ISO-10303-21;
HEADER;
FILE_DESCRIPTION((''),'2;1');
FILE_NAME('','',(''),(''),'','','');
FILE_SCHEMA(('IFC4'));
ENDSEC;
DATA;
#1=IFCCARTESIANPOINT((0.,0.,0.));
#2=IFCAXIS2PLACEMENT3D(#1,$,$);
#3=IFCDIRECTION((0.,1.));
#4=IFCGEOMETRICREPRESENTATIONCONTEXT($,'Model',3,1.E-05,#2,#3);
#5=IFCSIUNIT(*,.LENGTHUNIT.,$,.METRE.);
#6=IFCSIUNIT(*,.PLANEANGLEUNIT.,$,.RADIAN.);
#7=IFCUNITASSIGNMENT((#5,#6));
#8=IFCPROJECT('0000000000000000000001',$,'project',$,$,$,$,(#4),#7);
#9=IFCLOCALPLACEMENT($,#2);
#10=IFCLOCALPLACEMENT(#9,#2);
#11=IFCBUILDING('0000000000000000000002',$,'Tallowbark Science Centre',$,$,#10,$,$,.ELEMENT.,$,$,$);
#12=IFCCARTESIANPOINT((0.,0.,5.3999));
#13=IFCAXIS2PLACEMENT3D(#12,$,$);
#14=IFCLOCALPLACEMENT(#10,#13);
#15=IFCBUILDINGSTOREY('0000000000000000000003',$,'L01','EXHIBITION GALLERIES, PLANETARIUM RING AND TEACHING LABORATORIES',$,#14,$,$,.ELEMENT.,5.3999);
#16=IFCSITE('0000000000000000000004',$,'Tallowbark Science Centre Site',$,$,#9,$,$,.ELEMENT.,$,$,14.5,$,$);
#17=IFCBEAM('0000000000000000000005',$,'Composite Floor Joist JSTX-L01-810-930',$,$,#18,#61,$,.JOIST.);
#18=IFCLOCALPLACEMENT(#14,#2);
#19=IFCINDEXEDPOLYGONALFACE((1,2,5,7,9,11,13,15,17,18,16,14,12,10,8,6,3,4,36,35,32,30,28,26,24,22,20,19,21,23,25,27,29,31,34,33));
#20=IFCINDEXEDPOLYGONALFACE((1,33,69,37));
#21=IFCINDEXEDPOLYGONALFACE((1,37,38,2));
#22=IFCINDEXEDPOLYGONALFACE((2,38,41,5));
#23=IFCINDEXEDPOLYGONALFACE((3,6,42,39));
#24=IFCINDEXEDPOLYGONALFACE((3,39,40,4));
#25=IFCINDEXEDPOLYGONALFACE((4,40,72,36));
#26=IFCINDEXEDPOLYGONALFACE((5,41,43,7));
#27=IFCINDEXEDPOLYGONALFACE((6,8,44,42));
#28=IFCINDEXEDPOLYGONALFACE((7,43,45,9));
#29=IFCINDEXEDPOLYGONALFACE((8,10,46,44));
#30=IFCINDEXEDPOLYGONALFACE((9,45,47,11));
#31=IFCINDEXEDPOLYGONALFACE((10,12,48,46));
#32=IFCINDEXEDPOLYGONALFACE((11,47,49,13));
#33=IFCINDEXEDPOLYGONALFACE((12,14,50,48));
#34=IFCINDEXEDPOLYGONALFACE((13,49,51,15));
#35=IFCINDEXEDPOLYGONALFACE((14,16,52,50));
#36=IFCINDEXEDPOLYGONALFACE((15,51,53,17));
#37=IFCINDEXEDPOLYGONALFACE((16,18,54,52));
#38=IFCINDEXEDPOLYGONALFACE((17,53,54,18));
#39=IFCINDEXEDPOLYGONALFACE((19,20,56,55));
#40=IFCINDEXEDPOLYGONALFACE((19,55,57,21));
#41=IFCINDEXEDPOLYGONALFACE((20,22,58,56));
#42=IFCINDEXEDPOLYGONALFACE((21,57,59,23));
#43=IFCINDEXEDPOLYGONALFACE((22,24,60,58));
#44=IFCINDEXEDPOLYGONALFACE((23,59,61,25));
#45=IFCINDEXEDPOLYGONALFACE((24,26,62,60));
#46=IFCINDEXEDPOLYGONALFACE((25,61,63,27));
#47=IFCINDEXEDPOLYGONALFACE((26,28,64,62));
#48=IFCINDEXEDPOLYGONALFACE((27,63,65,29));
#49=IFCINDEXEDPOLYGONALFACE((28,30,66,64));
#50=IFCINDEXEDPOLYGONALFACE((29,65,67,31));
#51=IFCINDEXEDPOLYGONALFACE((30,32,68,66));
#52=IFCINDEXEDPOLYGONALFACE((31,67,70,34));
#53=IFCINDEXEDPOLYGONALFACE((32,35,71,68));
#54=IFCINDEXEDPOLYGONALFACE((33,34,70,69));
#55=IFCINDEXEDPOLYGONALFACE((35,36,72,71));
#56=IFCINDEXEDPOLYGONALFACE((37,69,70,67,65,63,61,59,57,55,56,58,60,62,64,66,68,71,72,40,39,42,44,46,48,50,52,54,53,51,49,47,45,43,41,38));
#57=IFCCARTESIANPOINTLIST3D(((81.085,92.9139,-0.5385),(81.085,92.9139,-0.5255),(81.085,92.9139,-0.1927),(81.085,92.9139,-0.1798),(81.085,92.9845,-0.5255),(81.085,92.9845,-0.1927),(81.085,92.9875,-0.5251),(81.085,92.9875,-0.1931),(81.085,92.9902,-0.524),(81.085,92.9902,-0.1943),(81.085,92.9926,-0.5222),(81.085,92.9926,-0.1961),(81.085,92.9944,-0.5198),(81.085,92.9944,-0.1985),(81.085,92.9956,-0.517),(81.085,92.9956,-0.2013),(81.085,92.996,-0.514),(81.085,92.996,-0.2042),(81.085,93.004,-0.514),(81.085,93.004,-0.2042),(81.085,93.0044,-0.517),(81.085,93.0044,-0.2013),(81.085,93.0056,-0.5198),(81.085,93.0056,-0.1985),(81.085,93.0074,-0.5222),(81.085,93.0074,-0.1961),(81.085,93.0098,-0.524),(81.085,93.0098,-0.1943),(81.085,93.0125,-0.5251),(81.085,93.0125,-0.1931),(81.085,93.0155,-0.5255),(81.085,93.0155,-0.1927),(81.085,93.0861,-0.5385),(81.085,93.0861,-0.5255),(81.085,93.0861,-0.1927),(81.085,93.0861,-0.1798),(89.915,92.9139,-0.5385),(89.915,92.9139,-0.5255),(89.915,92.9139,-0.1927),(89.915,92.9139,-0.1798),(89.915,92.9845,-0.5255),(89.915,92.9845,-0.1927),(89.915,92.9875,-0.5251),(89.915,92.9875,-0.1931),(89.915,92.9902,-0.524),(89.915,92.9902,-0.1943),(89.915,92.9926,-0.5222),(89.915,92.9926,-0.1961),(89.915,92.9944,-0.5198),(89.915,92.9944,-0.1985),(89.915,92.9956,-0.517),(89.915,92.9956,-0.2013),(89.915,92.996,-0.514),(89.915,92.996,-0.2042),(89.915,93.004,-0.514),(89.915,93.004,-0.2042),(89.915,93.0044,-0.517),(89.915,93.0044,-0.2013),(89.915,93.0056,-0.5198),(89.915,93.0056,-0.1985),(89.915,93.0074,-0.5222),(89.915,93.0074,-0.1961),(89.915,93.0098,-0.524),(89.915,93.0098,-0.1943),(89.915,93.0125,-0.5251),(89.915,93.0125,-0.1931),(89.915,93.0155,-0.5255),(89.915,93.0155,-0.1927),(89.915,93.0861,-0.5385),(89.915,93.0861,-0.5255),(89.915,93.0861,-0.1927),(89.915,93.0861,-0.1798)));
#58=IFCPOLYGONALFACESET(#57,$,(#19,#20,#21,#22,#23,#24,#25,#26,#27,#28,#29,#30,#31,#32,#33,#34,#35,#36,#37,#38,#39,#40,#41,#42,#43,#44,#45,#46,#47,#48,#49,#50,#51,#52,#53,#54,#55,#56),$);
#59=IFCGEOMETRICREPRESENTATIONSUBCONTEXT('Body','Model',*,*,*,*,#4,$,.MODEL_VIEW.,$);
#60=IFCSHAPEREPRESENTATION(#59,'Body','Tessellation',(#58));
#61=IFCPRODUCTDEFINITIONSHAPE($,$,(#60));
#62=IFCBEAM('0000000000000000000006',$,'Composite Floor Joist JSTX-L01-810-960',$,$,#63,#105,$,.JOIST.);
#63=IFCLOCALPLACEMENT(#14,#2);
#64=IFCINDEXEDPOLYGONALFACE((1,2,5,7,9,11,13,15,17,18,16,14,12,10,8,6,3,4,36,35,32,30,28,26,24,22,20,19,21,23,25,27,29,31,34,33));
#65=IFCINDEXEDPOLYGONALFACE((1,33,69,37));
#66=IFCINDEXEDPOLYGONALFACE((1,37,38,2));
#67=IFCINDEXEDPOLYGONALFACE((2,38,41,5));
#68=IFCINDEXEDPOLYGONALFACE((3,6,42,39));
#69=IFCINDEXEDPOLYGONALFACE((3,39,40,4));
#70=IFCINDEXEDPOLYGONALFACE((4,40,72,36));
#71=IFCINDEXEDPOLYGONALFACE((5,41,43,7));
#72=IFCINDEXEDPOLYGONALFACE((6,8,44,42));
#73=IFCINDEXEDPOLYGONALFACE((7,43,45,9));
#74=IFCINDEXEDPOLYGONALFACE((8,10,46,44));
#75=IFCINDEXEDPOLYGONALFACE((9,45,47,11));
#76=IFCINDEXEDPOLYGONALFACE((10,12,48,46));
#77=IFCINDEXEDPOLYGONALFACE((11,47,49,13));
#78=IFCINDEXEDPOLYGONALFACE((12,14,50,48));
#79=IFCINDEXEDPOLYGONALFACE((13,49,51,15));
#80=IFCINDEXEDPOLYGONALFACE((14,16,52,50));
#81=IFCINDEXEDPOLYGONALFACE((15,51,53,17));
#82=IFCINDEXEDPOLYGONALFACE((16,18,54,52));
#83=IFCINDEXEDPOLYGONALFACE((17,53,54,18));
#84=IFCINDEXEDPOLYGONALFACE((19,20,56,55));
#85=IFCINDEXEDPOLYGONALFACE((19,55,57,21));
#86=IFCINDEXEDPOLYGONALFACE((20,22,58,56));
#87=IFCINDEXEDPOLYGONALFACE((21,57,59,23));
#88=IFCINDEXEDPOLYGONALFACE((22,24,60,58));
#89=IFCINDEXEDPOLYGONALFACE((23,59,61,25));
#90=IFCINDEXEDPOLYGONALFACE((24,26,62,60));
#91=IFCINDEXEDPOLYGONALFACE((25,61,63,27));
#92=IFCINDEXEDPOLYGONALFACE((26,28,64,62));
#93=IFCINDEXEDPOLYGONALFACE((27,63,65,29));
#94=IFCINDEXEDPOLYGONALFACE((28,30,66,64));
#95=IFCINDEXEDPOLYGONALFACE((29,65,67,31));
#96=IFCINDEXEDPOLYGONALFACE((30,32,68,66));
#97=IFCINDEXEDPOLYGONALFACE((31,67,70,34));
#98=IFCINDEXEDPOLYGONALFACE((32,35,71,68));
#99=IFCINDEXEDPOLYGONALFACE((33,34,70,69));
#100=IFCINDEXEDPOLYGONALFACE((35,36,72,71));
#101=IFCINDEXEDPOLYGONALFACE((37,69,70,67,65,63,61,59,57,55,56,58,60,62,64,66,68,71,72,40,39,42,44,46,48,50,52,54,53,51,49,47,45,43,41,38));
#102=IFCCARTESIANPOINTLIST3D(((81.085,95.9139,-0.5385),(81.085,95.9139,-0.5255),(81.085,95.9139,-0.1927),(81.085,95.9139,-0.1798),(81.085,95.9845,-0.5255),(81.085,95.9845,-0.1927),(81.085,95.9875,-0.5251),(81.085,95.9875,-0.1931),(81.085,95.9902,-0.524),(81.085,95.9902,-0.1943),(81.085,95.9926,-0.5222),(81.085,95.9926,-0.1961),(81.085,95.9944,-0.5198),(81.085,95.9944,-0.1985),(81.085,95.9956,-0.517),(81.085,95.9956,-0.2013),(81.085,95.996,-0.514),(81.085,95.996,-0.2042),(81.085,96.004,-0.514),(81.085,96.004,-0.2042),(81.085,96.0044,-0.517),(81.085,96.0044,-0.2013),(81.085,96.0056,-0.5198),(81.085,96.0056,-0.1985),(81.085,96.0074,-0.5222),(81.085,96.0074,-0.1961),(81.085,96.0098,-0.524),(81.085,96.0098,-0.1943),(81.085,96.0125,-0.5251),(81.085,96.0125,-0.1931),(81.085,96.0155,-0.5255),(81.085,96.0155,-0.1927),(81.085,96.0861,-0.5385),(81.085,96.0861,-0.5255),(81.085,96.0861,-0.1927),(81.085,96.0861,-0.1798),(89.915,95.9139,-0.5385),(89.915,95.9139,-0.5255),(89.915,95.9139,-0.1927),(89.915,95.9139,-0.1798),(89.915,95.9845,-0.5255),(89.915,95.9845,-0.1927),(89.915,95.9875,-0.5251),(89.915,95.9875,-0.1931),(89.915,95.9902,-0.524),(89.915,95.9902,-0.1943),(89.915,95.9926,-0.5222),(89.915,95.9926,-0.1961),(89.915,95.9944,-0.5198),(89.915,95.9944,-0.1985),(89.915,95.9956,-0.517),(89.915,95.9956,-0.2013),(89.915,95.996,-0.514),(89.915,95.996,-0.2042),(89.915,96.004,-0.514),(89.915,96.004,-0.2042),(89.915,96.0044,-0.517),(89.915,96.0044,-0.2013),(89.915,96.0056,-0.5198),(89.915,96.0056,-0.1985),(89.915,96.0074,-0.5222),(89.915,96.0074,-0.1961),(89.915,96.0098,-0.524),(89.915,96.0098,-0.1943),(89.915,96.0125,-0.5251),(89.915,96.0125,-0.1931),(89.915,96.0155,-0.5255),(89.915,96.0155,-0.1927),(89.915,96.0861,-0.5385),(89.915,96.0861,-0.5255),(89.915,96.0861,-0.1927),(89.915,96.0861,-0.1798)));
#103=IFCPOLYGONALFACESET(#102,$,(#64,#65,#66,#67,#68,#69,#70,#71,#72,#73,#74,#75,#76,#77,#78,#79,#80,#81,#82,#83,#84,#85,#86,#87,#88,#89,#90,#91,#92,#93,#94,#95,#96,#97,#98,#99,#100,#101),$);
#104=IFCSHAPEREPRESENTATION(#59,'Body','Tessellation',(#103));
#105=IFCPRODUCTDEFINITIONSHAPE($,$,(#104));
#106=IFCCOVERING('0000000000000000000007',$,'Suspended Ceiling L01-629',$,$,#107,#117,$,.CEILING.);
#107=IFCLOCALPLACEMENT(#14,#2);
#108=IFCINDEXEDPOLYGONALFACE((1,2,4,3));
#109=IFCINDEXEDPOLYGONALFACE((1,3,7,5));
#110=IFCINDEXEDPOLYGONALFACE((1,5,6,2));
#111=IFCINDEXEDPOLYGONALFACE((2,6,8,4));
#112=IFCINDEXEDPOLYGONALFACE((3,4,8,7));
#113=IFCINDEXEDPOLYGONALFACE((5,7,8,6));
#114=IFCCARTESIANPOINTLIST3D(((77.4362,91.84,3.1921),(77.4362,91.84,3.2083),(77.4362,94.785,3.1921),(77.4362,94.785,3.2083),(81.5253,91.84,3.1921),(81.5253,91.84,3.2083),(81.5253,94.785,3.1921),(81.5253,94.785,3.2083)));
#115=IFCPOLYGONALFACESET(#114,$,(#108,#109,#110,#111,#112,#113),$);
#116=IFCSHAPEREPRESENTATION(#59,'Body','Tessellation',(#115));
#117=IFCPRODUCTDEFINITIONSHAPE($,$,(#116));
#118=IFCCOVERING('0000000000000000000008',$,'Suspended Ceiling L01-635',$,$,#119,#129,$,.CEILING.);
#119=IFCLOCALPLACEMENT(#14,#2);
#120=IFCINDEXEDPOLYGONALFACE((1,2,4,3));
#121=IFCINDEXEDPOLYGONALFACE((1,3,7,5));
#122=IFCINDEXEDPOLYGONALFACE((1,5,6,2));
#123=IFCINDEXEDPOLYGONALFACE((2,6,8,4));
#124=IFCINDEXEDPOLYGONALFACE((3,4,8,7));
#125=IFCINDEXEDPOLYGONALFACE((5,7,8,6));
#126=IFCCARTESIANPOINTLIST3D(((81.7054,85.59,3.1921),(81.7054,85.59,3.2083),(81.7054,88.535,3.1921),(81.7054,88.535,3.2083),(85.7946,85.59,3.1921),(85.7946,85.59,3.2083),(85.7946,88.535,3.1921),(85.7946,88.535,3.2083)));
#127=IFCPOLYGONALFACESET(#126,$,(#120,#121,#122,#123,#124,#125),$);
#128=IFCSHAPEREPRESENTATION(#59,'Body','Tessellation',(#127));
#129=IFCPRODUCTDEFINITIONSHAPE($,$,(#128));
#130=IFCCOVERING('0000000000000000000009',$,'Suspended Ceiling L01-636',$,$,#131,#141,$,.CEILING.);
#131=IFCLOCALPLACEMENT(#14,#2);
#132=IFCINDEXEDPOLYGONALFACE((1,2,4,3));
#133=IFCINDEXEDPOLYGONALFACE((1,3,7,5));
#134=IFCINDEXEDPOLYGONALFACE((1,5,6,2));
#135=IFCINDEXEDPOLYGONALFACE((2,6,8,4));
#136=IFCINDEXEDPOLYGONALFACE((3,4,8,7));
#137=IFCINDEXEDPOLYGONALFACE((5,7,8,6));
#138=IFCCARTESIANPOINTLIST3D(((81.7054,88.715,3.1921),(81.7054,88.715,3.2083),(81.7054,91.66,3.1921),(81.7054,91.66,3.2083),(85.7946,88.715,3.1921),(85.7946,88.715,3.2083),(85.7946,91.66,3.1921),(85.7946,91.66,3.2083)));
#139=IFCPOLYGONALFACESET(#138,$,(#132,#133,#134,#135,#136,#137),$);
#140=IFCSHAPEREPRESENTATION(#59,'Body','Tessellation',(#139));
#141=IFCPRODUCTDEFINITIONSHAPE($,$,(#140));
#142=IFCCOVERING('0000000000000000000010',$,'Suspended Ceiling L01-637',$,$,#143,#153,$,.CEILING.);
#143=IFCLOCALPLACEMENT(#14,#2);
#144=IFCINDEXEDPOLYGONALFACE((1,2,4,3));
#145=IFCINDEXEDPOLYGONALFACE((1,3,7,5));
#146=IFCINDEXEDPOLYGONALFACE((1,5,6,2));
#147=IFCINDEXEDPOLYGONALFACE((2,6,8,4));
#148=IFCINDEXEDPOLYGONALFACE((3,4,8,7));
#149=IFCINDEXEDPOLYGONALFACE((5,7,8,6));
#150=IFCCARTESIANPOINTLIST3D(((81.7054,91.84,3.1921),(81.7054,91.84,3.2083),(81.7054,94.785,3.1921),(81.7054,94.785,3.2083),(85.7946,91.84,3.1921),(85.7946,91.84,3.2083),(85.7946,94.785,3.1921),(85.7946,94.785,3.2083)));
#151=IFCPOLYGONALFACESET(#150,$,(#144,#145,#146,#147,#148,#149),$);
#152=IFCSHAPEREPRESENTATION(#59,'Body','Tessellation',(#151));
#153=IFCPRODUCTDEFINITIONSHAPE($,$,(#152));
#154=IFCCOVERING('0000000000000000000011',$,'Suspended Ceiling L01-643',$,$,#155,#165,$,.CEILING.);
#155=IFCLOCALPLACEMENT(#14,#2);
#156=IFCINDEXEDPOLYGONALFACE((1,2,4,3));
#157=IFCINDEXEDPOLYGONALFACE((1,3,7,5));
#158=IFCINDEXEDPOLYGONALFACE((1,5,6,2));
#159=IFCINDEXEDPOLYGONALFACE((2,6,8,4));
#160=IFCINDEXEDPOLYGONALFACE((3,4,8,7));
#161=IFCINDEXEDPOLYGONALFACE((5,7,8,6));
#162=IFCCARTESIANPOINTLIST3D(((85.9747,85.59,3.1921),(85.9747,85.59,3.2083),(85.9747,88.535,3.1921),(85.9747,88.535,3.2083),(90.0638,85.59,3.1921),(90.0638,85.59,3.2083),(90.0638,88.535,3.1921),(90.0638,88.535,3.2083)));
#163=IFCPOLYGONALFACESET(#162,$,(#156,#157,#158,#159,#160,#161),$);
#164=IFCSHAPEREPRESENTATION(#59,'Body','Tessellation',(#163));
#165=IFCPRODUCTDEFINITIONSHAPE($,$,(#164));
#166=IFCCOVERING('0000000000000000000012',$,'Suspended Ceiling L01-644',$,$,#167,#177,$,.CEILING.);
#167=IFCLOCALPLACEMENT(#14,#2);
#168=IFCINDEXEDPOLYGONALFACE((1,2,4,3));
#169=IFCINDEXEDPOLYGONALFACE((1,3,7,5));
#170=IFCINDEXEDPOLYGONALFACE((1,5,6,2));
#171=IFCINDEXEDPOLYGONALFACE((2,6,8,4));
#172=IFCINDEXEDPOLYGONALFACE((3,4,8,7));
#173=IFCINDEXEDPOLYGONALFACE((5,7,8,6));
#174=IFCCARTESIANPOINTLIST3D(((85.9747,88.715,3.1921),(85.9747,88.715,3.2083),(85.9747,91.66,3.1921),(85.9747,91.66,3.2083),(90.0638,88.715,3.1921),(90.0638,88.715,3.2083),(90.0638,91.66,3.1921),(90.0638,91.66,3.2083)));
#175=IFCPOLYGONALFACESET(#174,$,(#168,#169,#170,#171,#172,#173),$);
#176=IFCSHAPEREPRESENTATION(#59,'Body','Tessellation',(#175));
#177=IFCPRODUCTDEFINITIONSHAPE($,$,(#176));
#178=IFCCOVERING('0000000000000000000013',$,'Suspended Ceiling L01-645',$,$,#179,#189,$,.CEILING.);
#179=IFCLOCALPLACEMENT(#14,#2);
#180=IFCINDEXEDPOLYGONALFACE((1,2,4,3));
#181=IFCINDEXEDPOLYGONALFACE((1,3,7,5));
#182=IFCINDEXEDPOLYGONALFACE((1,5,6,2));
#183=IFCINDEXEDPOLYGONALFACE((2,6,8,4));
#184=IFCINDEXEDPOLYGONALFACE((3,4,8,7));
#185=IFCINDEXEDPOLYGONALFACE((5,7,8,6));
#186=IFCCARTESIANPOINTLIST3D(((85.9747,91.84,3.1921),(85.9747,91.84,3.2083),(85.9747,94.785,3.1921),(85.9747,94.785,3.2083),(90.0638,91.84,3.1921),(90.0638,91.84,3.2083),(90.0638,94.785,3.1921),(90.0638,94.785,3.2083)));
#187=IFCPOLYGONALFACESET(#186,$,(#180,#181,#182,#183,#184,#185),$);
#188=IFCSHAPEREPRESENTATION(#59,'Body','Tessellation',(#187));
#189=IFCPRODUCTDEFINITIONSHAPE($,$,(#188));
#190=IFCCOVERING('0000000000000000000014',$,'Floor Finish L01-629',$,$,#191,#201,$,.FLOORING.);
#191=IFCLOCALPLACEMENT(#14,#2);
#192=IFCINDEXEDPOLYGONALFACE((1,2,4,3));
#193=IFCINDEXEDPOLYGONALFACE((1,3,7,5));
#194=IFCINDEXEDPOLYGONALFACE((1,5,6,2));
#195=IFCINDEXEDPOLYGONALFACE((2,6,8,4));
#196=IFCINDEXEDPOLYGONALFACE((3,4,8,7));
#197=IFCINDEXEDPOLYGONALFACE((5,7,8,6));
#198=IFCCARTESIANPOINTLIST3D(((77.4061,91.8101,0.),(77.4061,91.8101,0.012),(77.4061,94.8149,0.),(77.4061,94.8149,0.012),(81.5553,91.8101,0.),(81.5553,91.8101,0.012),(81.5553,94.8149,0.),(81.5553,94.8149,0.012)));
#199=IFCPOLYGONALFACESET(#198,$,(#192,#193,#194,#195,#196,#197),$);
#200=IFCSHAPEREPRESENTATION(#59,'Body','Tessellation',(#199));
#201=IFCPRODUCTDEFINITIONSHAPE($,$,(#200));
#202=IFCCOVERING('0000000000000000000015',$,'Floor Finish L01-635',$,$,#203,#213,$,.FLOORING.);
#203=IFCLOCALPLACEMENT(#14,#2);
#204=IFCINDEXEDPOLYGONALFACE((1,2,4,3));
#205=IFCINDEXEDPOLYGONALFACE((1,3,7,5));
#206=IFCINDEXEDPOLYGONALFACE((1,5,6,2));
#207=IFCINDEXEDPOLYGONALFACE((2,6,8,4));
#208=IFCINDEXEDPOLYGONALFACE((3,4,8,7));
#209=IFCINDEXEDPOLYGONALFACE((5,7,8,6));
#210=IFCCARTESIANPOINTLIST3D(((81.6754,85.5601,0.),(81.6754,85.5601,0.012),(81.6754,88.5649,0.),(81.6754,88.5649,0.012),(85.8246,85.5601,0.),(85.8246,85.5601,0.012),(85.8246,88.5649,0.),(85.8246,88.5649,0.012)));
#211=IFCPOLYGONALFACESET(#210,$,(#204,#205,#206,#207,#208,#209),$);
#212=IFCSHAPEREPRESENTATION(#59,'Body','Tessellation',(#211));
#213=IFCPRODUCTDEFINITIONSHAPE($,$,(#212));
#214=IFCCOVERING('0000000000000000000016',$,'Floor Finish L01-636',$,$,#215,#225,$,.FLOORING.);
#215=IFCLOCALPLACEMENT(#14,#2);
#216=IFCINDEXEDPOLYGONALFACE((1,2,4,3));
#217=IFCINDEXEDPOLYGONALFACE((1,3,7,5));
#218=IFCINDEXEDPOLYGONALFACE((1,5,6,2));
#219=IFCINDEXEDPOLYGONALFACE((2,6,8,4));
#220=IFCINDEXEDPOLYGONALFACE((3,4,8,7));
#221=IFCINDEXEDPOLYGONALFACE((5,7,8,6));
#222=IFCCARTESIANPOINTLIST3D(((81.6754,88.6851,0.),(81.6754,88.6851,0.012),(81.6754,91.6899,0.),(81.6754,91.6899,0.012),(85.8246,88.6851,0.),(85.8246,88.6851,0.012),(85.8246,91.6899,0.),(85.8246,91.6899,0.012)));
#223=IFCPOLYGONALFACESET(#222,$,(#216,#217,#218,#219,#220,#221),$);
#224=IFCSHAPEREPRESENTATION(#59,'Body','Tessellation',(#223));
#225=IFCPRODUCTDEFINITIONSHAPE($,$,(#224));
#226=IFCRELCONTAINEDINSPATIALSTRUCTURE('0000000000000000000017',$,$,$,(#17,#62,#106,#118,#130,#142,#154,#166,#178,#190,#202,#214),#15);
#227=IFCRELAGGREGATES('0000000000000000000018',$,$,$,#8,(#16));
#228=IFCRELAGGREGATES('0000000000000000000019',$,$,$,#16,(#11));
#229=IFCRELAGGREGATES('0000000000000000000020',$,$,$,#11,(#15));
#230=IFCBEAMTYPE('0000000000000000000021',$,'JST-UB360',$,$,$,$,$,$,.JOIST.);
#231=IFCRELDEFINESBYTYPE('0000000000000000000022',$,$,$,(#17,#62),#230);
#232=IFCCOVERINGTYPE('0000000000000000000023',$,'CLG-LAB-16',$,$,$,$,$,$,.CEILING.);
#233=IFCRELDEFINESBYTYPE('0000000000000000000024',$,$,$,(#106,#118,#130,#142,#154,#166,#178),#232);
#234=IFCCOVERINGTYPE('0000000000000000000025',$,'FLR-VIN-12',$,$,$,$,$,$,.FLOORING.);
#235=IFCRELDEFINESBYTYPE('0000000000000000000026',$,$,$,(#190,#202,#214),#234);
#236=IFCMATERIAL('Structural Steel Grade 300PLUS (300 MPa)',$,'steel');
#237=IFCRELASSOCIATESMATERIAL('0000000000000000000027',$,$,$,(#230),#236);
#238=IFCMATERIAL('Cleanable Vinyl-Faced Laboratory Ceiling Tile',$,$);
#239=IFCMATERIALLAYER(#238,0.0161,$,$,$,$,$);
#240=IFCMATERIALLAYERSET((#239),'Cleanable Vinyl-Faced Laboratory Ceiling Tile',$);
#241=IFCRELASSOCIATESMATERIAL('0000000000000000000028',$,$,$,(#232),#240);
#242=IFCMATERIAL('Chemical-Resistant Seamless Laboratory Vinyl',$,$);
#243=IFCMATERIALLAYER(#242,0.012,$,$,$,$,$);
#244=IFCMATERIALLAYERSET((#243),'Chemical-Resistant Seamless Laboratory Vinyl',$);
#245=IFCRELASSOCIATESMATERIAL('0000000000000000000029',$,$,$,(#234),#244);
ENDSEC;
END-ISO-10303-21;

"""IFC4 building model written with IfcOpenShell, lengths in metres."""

from ifc_helpers import new_model, si_unit, direction, frame, origin, origin_2d, place, context, subcontext, project, spatial, rectangle, i_section, extrude, material, layer, layer_set, material_profile, profile_set, type_object, element, save


model = new_model("IFC4")

# Units and contexts
model_context = context("Model", 3, precision=1e-05, world=origin(), true_north=direction((0.0, 1.0)))
body_context = subcontext(model_context, "Body", "Model", "MODEL_VIEW")
ifc_project = project(units=[si_unit("LENGTHUNIT", "METRE"), si_unit("PLANEANGLEUNIT", "RADIAN")], contexts=[model_context])

# Site, building, storey
site_placement = place(None, origin())
site = spatial("IfcSite", under=ifc_project, at=site_placement, Name="Tallowbark Science Centre Site", CompositionType="ELEMENT", RefElevation=14.5)
building_placement = place(site_placement, origin())
building = spatial("IfcBuilding", under=site, at=building_placement, Name="Tallowbark Science Centre", CompositionType="ELEMENT")
storey_placement = place(building_placement, frame((0.0, 0.0, 5.3999)))
storey = spatial("IfcBuildingStorey", under=building, at=storey_placement, Name="L01", Description="EXHIBITION GALLERIES, PLANETARIUM RING AND TEACHING LABORATORIES", CompositionType="ELEMENT", Elevation=5.3999)

# Shared definitions
ifc_material_1 = material(Name="Structural Steel Grade 300PLUS (300 MPa)", Category="steel")

# Beams
ifc_material_profile_1 = material_profile(ifc_material_1, i_section(OverallWidth=0.1721, OverallDepth=0.3586, WebThickness=0.0081, FlangeThickness=0.0129, FilletRadius=0.0115, at=origin_2d()), Name="360UB56.7")
ifc_profile_set_1 = profile_set([ifc_material_profile_1], Name="Structural Steel Grade 300PLUS (300 MPa)")
beam_type_1 = type_object("IfcBeamType", Name="JST-UB360", PredefinedType="JOIST", material=ifc_profile_set_1)
for number, where, z_axis, x_axis, name in (
    (1, (81.085, 93.0, -0.3591), (1.0, 0.0, 0.0), (0.0, 1.0, 0.0), "Composite Floor Joist JSTX-L01-810-930"),
    (2, (81.085, 96.0, -0.3591), (1.0, 0.0, 0.0), (0.0, 1.0, 0.0), "Composite Floor Joist JSTX-L01-810-960"),
):
    element("IfcBeam", number, at=place(storey_placement, frame(where, z_axis=z_axis, x_axis=x_axis)), inside=storey, type_object=beam_type_1, Name=name, PredefinedType="JOIST", context=body_context, shape_type="SweptSolid", body=[
        extrude(i_section(OverallWidth=0.1721, OverallDepth=0.3586, WebThickness=0.0081, FlangeThickness=0.0129, FilletRadius=0.0115, at=origin_2d()), origin(), (0.0, 0.0, 1.0), 8.8301),
    ])

# Coverings
ifc_material_2 = material(Name="Cleanable Vinyl-Faced Laboratory Ceiling Tile")
ifc_layer_1 = layer(ifc_material_2, 0.0161)
ifc_layer_set_1 = layer_set([ifc_layer_1], Name="Cleanable Vinyl-Faced Laboratory Ceiling Tile")
covering_type_1 = type_object("IfcCoveringType", Name="CLG-LAB-16", PredefinedType="CEILING", material=ifc_layer_set_1)
for number, where, z_axis, x_axis, name in (
    (3, (79.4807, 93.3125, 3.1921), (0.0, 0.0, 1.0), (1.0, 0.0, 0.0), "Suspended Ceiling L01-629"),
    (4, (83.75, 87.0625, 3.1921), (0.0, 0.0, 1.0), (1.0, 0.0, 0.0), "Suspended Ceiling L01-635"),
    (5, (83.75, 90.1875, 3.1921), (0.0, 0.0, 1.0), (1.0, 0.0, 0.0), "Suspended Ceiling L01-636"),
    (6, (83.75, 93.3125, 3.1921), (0.0, 0.0, 1.0), (1.0, 0.0, 0.0), "Suspended Ceiling L01-637"),
    (7, (88.0193, 87.0625, 3.1921), (0.0, 0.0, 1.0), (1.0, 0.0, 0.0), "Suspended Ceiling L01-643"),
    (8, (88.0193, 90.1875, 3.1921), (0.0, 0.0, 1.0), (1.0, 0.0, 0.0), "Suspended Ceiling L01-644"),
    (9, (88.0193, 93.3125, 3.1921), (0.0, 0.0, 1.0), (1.0, 0.0, 0.0), "Suspended Ceiling L01-645"),
):
    element("IfcCovering", number, at=place(storey_placement, frame(where, z_axis=z_axis, x_axis=x_axis)), inside=storey, type_object=covering_type_1, Name=name, PredefinedType="CEILING", context=body_context, shape_type="SweptSolid", body=[
        extrude(rectangle(XDim=4.0891, YDim=2.9451, at=origin_2d()), origin(), (0.0, 0.0, 1.0), 0.0161),
    ])
ifc_material_3 = material(Name="Chemical-Resistant Seamless Laboratory Vinyl")
ifc_layer_2 = layer(ifc_material_3, 0.012)
ifc_layer_set_2 = layer_set([ifc_layer_2], Name="Chemical-Resistant Seamless Laboratory Vinyl")
covering_type_2 = type_object("IfcCoveringType", Name="FLR-VIN-12", PredefinedType="FLOORING", material=ifc_layer_set_2)
for number, where, z_axis, x_axis, name in (
    (10, (79.4807, 93.3125, 0.0), (0.0, 0.0, 1.0), (1.0, 0.0, 0.0), "Floor Finish L01-629"),
    (11, (83.75, 87.0625, 0.0), (0.0, 0.0, 1.0), (1.0, 0.0, 0.0), "Floor Finish L01-635"),
    (12, (83.75, 90.1875, 0.0), (0.0, 0.0, 1.0), (1.0, 0.0, 0.0), "Floor Finish L01-636"),
):
    element("IfcCovering", number, at=place(storey_placement, frame(where, z_axis=z_axis, x_axis=x_axis)), inside=storey, type_object=covering_type_2, Name=name, PredefinedType="FLOORING", context=body_context, shape_type="SweptSolid", body=[
        extrude(rectangle(XDim=4.1492, YDim=3.0049, at=origin_2d()), origin(), (0.0, 0.0, 1.0), 0.012),
    ])

save(model, "model.ifc")
